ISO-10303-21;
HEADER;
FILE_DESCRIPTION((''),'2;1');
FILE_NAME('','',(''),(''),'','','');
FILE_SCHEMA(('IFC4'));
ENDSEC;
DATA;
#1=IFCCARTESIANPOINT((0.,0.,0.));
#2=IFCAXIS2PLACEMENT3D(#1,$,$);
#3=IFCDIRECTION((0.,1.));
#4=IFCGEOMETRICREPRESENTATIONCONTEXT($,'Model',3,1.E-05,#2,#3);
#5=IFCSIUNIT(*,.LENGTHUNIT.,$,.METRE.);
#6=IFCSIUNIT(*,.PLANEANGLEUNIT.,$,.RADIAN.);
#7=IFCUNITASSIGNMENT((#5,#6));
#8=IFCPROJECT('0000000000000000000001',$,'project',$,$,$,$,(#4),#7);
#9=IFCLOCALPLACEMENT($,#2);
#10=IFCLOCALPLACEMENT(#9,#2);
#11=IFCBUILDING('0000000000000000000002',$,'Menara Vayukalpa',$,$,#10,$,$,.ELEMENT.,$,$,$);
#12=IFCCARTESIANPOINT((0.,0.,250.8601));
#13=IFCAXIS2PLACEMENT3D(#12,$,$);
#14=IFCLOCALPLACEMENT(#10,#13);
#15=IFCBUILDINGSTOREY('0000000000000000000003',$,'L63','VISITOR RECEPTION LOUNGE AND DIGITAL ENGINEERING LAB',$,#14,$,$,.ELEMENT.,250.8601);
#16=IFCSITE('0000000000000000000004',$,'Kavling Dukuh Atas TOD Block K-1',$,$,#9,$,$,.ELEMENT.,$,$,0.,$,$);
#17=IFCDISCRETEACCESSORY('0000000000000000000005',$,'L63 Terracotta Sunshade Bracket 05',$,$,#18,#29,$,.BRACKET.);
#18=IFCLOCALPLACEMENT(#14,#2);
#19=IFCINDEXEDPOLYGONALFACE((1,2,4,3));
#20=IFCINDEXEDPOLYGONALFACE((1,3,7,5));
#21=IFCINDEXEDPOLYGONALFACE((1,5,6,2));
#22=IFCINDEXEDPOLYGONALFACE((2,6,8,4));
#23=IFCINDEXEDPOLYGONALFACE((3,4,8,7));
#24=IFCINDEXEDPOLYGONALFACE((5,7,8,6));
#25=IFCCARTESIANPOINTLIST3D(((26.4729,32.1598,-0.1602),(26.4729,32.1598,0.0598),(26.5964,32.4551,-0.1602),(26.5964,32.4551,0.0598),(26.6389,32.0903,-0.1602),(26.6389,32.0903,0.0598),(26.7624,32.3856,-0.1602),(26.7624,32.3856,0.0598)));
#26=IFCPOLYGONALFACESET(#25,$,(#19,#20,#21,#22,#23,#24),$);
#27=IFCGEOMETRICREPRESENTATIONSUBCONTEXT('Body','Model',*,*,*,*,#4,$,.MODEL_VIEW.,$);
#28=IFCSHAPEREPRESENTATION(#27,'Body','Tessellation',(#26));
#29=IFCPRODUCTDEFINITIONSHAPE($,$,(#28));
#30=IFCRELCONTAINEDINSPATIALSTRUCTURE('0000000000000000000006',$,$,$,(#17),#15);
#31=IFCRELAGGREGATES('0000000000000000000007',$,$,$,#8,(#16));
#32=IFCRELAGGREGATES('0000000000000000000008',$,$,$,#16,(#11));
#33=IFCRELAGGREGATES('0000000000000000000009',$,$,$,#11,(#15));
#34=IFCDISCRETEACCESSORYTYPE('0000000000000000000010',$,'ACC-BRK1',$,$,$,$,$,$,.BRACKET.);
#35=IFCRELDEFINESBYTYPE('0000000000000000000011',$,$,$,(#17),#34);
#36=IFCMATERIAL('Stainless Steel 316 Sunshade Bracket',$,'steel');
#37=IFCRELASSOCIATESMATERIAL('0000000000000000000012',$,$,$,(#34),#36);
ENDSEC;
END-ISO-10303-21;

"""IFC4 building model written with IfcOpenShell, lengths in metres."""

from ifc_helpers import new_model, si_unit, direction, frame, origin, origin_2d, place, context, subcontext, project, spatial, rectangle, extrude, material, type_object, element, save


model = new_model("IFC4")

# Units and contexts
model_context = context("Model", 3, precision=1e-05, world=origin(), true_north=direction((0.0, 1.0)))
body_context = subcontext(model_context, "Body", "Model", "MODEL_VIEW")
ifc_project = project(units=[si_unit("LENGTHUNIT", "METRE"), si_unit("PLANEANGLEUNIT", "RADIAN")], contexts=[model_context])

# Site, building, storey
site_placement = place(None, origin())
site = spatial("IfcSite", under=ifc_project, at=site_placement, Name="Kavling Dukuh Atas TOD Block K-1", CompositionType="ELEMENT", RefElevation=0.0)
building_placement = place(site_placement, origin())
building = spatial("IfcBuilding", under=site, at=building_placement, Name="Menara Vayukalpa", CompositionType="ELEMENT")
storey_placement = place(building_placement, frame((0.0, 0.0, 250.8601)))
storey = spatial("IfcBuildingStorey", under=building, at=storey_placement, Name="L63", Description="VISITOR RECEPTION LOUNGE AND DIGITAL ENGINEERING LAB", CompositionType="ELEMENT", Elevation=250.8601)

# Discrete accessory
ifc_material_1 = material(Name="Stainless Steel 316 Sunshade Bracket", Category="steel")
discrete_accessory_type = type_object("IfcDiscreteAccessoryType", Name="ACC-BRK1", PredefinedType="BRACKET", material=ifc_material_1)
discrete_accessory_placement = place(storey_placement, frame((26.6177, 32.2727, -0.1602), z_axis=(0.0, 0.0, 1.0), x_axis=(-0.922538, 0.385906, 0.0)))
element("IfcDiscreteAccessory", 1, at=discrete_accessory_placement, inside=storey, type_object=discrete_accessory_type, Name="L63 Terracotta Sunshade Bracket 05", PredefinedType="BRACKET", context=body_context, shape_type="SweptSolid", body=[
    extrude(rectangle(XDim=0.1799, YDim=0.3201, at=origin_2d()), origin(), (0.0, 0.0, 1.0), 0.22),
])

save(model, "model.ifc")
